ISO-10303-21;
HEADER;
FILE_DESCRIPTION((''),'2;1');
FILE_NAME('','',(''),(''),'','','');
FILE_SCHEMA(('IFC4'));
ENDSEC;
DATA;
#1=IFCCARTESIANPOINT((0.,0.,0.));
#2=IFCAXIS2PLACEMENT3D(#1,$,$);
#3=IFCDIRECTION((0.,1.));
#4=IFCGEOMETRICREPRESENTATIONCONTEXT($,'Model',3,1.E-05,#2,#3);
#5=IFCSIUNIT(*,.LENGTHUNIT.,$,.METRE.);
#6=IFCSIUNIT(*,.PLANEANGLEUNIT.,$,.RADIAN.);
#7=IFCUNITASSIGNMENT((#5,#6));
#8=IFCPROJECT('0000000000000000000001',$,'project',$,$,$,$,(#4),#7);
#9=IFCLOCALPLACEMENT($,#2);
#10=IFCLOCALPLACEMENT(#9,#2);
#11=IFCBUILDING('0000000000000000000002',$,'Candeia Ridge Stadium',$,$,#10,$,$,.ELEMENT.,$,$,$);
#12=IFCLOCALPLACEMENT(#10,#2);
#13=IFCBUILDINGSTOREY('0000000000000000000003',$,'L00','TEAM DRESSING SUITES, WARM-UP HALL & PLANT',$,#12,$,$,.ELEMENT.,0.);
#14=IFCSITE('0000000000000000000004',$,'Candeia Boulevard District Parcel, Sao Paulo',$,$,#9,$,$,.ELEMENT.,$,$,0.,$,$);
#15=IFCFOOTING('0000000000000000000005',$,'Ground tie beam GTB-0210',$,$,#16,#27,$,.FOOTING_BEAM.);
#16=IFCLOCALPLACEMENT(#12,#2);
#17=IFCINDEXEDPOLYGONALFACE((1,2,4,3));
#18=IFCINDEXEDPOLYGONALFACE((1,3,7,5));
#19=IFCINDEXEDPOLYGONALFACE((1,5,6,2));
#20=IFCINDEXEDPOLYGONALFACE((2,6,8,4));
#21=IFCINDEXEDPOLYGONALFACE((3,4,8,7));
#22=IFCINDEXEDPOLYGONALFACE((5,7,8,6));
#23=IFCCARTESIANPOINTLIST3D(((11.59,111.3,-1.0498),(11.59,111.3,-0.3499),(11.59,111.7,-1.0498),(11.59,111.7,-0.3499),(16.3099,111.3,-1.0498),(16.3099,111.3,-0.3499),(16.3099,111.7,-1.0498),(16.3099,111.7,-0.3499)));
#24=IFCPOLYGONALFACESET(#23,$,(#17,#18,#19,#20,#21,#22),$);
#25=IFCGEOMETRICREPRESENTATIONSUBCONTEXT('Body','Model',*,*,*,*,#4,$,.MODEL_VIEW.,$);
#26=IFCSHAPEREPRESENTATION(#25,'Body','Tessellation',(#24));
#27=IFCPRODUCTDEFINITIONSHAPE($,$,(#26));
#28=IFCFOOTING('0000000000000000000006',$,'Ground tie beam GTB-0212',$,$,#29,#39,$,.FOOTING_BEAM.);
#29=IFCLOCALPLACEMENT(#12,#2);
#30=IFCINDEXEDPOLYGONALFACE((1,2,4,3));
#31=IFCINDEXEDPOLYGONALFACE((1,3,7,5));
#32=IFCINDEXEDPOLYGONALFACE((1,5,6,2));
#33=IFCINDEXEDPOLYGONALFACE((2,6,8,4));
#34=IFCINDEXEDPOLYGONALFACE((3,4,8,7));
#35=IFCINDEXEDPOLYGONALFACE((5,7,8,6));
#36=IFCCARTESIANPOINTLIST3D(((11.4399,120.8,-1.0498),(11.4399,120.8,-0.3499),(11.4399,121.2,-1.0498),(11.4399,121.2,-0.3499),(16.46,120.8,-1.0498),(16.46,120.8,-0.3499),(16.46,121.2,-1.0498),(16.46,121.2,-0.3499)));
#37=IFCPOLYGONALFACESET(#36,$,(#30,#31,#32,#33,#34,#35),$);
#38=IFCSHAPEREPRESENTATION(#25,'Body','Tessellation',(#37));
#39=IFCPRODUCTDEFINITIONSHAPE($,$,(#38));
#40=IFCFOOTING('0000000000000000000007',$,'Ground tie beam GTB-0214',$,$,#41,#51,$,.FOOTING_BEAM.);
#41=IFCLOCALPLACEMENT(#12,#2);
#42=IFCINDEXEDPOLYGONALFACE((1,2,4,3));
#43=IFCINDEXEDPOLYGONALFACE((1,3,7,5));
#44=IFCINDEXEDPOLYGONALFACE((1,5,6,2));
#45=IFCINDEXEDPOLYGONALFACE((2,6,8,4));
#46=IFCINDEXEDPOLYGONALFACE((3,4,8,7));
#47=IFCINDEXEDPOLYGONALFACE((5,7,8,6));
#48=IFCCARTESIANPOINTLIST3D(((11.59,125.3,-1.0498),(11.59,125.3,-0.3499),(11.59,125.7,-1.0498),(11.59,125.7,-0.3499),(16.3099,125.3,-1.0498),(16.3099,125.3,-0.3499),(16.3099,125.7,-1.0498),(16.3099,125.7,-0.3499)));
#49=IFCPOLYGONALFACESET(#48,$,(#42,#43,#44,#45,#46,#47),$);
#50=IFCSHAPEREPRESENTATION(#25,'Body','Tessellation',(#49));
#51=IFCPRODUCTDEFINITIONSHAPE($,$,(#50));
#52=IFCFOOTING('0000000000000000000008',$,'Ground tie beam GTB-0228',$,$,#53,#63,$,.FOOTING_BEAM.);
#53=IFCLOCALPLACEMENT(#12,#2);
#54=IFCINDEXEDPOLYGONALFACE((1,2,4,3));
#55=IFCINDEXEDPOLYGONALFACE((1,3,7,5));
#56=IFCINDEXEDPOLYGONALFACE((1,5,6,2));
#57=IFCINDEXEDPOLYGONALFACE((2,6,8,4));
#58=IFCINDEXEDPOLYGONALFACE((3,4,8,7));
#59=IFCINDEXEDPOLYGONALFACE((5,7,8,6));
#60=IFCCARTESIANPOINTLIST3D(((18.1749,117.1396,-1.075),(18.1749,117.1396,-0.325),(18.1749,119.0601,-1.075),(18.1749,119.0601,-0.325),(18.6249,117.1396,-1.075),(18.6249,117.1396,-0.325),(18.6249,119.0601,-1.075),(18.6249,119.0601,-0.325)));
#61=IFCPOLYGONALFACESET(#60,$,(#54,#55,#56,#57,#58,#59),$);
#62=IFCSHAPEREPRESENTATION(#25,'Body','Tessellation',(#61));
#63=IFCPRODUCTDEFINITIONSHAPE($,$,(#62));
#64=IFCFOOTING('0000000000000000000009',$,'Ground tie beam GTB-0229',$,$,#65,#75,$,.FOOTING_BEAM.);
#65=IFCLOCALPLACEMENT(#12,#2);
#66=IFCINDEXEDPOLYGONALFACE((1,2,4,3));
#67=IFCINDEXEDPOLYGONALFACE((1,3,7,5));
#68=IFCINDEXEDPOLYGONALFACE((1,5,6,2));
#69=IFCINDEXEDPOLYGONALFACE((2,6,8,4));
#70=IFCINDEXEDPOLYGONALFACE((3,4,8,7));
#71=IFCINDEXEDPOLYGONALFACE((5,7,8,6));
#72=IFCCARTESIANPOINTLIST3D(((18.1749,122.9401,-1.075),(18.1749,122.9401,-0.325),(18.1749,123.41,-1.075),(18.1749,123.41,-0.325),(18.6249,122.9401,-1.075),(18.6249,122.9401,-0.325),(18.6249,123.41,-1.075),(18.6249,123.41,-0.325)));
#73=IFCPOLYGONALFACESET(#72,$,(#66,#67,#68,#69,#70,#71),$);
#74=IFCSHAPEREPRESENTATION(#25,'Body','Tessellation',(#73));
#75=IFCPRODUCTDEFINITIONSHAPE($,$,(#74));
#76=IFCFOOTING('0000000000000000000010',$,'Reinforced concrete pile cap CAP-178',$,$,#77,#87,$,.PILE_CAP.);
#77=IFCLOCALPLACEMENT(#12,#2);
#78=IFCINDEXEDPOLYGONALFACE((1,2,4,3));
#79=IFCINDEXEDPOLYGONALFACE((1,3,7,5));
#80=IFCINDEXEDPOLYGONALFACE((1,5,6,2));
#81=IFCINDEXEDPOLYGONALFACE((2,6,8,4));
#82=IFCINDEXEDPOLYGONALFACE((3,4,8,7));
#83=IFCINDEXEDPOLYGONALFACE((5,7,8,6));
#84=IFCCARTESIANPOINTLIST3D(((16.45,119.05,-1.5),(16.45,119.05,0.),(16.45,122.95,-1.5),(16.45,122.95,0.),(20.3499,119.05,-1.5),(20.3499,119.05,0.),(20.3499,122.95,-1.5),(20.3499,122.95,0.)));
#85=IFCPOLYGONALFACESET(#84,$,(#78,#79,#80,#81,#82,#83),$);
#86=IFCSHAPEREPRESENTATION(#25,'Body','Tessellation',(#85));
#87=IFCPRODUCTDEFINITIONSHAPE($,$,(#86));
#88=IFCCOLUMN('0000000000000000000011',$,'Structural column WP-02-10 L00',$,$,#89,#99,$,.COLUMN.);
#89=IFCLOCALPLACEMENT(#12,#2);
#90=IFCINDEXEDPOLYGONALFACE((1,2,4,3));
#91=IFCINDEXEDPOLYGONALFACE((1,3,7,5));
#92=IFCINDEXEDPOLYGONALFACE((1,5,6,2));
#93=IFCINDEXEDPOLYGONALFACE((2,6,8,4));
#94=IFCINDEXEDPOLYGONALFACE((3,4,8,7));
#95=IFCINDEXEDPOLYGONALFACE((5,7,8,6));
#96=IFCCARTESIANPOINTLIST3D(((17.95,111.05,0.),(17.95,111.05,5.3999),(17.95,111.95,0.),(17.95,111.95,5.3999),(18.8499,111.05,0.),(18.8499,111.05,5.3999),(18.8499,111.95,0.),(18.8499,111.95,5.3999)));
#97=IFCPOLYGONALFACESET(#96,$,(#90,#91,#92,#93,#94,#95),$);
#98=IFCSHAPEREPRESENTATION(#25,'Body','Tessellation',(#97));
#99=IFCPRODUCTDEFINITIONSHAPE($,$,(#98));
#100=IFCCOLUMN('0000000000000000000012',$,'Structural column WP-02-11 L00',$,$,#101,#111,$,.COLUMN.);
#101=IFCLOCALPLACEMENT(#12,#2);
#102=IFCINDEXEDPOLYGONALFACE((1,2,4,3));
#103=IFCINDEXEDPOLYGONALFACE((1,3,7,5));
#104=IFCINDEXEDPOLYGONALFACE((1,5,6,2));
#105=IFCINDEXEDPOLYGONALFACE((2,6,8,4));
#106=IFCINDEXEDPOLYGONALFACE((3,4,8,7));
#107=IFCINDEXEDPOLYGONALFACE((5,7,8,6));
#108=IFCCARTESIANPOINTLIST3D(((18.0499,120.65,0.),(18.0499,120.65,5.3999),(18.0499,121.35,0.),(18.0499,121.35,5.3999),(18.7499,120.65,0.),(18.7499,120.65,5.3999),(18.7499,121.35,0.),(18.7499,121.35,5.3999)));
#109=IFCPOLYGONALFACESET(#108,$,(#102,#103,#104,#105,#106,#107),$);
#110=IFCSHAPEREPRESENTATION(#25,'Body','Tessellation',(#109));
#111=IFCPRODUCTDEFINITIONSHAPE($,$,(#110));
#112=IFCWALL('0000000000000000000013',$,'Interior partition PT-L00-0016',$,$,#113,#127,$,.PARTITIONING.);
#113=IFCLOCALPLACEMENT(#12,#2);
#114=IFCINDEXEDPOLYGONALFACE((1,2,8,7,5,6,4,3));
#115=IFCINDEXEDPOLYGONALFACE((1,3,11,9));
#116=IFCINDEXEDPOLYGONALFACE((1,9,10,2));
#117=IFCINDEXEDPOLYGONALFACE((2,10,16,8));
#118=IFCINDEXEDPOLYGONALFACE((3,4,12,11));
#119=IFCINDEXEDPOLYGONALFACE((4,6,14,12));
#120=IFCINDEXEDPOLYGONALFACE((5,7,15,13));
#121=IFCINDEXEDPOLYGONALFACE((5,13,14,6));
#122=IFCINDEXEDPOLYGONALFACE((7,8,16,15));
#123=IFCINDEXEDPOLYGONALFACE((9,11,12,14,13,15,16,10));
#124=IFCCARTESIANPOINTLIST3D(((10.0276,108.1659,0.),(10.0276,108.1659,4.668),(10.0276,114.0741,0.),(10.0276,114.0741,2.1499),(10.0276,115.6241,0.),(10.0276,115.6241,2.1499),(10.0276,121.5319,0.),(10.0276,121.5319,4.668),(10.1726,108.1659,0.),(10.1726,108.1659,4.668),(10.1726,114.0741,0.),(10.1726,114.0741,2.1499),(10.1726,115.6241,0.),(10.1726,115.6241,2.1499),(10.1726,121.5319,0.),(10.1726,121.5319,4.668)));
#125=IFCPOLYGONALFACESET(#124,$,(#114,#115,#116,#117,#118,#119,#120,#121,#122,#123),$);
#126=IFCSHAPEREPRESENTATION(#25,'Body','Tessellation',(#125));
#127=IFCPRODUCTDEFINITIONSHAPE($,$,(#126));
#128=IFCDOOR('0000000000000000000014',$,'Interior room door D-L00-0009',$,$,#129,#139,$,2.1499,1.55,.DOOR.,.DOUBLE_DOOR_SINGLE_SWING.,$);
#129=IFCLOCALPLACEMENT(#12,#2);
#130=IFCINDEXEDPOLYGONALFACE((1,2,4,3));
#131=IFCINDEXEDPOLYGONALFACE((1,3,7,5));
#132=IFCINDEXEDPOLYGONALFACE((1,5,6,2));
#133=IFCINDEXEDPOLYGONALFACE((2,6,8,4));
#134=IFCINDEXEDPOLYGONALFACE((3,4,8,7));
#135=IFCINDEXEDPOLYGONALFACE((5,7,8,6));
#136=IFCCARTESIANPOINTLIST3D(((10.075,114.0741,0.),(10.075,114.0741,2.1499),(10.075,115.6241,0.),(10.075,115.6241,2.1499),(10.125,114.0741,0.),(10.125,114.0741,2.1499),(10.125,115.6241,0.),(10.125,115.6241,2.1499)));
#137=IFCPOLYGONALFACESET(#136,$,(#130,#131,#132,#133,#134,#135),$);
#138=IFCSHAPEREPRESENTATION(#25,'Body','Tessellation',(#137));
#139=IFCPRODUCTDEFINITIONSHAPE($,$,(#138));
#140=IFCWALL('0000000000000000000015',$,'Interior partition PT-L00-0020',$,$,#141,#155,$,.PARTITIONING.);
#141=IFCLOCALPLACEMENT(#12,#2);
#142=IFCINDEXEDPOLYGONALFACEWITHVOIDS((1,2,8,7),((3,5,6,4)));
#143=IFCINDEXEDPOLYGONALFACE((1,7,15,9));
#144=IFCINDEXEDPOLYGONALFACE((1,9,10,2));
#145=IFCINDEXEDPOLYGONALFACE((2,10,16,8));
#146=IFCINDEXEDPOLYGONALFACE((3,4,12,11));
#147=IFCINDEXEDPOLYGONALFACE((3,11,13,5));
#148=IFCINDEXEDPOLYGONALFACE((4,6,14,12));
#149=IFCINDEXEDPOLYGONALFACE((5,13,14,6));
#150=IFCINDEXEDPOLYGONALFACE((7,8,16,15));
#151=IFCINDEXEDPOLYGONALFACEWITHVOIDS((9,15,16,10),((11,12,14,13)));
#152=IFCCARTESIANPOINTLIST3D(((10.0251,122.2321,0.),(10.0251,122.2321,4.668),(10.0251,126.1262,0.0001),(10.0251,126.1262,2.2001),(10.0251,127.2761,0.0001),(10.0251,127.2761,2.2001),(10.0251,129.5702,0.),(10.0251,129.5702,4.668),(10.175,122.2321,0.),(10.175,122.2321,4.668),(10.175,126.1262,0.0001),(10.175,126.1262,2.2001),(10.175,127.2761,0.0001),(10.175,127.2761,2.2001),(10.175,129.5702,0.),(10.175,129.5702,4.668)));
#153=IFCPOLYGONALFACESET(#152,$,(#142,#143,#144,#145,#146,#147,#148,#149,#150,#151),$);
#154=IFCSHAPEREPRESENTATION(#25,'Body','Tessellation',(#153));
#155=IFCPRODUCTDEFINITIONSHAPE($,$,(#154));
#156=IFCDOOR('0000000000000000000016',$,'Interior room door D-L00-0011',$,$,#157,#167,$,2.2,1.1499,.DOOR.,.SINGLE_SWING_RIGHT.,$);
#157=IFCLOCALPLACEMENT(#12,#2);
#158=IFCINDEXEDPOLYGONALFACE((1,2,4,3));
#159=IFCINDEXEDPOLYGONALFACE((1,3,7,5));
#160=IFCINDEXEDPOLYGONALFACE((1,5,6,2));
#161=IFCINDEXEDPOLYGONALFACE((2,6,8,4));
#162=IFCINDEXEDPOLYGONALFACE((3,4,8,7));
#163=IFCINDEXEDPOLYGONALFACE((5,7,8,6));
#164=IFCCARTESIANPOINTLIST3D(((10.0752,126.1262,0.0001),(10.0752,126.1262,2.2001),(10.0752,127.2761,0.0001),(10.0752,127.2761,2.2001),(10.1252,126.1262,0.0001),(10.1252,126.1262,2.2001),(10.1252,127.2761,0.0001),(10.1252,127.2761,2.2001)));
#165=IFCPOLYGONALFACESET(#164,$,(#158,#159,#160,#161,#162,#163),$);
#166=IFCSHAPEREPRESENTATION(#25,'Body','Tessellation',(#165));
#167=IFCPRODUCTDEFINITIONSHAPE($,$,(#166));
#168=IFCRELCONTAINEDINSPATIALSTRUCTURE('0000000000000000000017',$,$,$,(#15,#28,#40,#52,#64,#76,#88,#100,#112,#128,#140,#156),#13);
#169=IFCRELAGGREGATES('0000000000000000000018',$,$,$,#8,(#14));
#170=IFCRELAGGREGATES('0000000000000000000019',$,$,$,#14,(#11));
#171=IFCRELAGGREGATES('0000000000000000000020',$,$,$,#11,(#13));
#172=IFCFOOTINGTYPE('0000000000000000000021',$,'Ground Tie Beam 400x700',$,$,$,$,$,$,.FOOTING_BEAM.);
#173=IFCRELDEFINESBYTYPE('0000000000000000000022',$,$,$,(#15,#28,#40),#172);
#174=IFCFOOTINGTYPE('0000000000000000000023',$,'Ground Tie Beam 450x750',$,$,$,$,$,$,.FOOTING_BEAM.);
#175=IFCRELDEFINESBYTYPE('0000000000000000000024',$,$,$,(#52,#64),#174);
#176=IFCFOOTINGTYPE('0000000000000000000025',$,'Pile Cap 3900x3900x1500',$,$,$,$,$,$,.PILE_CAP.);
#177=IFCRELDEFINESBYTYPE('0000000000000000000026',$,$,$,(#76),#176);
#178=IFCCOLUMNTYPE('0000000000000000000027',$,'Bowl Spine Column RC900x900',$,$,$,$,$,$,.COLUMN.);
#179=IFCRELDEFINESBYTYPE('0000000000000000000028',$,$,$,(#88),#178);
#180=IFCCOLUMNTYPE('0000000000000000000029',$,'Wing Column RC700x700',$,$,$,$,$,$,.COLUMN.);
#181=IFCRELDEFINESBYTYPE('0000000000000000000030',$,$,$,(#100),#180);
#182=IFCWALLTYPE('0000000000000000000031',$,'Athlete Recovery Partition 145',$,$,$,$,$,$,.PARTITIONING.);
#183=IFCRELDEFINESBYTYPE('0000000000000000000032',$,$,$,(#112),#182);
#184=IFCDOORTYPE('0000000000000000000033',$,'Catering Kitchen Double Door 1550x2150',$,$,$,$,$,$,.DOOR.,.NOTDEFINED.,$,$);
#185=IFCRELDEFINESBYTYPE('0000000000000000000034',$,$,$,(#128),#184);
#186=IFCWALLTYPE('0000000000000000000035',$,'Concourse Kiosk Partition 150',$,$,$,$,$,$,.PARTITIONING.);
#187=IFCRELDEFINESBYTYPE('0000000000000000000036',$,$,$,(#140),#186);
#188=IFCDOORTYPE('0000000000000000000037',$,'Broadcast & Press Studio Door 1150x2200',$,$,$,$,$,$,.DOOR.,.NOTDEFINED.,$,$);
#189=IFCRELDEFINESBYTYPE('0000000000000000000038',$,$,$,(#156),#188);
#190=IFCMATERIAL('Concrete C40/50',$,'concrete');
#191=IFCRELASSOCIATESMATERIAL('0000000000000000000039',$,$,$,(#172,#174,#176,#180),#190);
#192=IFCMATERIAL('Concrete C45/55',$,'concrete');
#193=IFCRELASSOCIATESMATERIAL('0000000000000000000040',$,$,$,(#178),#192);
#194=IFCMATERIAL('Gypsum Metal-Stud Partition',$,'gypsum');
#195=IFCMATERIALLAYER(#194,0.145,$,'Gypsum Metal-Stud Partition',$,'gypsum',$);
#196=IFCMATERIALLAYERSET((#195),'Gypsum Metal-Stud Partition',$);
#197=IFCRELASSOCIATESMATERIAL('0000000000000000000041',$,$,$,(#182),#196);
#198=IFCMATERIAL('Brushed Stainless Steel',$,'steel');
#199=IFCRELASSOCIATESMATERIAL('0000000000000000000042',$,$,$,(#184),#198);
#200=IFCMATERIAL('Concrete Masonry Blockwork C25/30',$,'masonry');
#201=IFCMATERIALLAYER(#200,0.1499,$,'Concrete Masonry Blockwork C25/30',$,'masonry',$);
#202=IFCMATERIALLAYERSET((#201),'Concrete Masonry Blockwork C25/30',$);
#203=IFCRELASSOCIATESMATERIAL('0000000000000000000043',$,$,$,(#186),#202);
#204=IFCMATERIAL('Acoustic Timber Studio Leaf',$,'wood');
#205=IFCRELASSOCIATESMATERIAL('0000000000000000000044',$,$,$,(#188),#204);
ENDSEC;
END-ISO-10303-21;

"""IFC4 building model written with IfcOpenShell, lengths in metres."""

from ifc_helpers import new_model, si_unit, direction, frame, frame_2d, origin, origin_2d, place, context, subcontext, project, spatial, rectangle, extrude, material, layer, layer_set, material_profile, profile_set, type_object, element, fill, save


model = new_model("IFC4")

# Units and contexts
model_context = context("Model", 3, precision=1e-05, world=origin(), true_north=direction((0.0, 1.0)))
body_context = subcontext(model_context, "Body", "Model", "MODEL_VIEW")
ifc_project = project(units=[si_unit("LENGTHUNIT", "METRE"), si_unit("PLANEANGLEUNIT", "RADIAN")], contexts=[model_context])

# Site, building, storey
site_placement = place(None, origin())
site = spatial("IfcSite", under=ifc_project, at=site_placement, Name="Candeia Boulevard District Parcel, Sao Paulo", CompositionType="ELEMENT", RefElevation=0.0)
building_placement = place(site_placement, origin())
building = spatial("IfcBuilding", under=site, at=building_placement, Name="Candeia Ridge Stadium", CompositionType="ELEMENT")
storey_placement = place(building_placement, origin())
storey = spatial("IfcBuildingStorey", under=building, at=storey_placement, Name="L00", Description="TEAM DRESSING SUITES, WARM-UP HALL & PLANT", CompositionType="ELEMENT", Elevation=0.0)

# Shared definitions
ifc_material_1 = material(Name="Concrete C40/50", Category="concrete")

# Footings
footing_type_1 = type_object("IfcFootingType", Name="Ground Tie Beam 400x700", PredefinedType="FOOTING_BEAM", material=ifc_material_1)
footing_1_placement = place(storey_placement, frame((13.95, 111.5, -1.0498), z_axis=(0.0, 0.0, 1.0), x_axis=(1.0, 0.0, 0.0)))
element("IfcFooting", 1, at=footing_1_placement, inside=storey, type_object=footing_type_1, Name="Ground tie beam GTB-0210", PredefinedType="FOOTING_BEAM", context=body_context, shape_type="SweptSolid", body=[
    extrude(rectangle(XDim=4.72, YDim=0.3999, at=origin_2d()), origin(), (0.0, 0.0, 1.0), 0.7),
])
footing_2_placement = place(storey_placement, frame((13.95, 121.0, -1.0498), z_axis=(0.0, 0.0, 1.0), x_axis=(1.0, 0.0, 0.0)))
element("IfcFooting", 2, at=footing_2_placement, inside=storey, type_object=footing_type_1, Name="Ground tie beam GTB-0212", PredefinedType="FOOTING_BEAM", context=body_context, shape_type="SweptSolid", body=[
    extrude(rectangle(XDim=5.02, YDim=0.3999, at=origin_2d()), origin(), (0.0, 0.0, 1.0), 0.7),
])
footing_3_placement = place(storey_placement, frame((13.95, 125.5, -1.0498), z_axis=(0.0, 0.0, 1.0), x_axis=(1.0, 0.0, 0.0)))
element("IfcFooting", 3, at=footing_3_placement, inside=storey, type_object=footing_type_1, Name="Ground tie beam GTB-0214", PredefinedType="FOOTING_BEAM", context=body_context, shape_type="SweptSolid", body=[
    extrude(rectangle(XDim=4.72, YDim=0.3999, at=origin_2d()), origin(), (0.0, 0.0, 1.0), 0.7),
])
footing_type_2 = type_object("IfcFootingType", Name="Ground Tie Beam 450x750", PredefinedType="FOOTING_BEAM", material=ifc_material_1)
footing_4_placement = place(storey_placement, frame((18.3999, 118.0999, -1.075), z_axis=(0.0, 0.0, 1.0), x_axis=(0.0, 1.0, 0.0)))
element("IfcFooting", 4, at=footing_4_placement, inside=storey, type_object=footing_type_2, Name="Ground tie beam GTB-0228", PredefinedType="FOOTING_BEAM", context=body_context, shape_type="SweptSolid", body=[
    extrude(rectangle(XDim=1.9204, YDim=0.45, at=origin_2d()), origin(), (0.0, 0.0, 1.0), 0.75),
])
footing_5_placement = place(storey_placement, frame((18.3999, 123.175, -1.075), z_axis=(0.0, 0.0, 1.0), x_axis=(0.0, 1.0, 0.0)))
element("IfcFooting", 5, at=footing_5_placement, inside=storey, type_object=footing_type_2, Name="Ground tie beam GTB-0229", PredefinedType="FOOTING_BEAM", context=body_context, shape_type="SweptSolid", body=[
    extrude(rectangle(XDim=0.47, YDim=0.45, at=origin_2d()), origin(), (0.0, 0.0, 1.0), 0.75),
])
footing_type_3 = type_object("IfcFootingType", Name="Pile Cap 3900x3900x1500", PredefinedType="PILE_CAP", material=ifc_material_1)
footing_6_placement = place(storey_placement, frame((18.3999, 121.0, -1.5), z_axis=(0.0, 0.0, 1.0), x_axis=(1.0, 0.0, 0.0)))
element("IfcFooting", 6, at=footing_6_placement, inside=storey, type_object=footing_type_3, Name="Reinforced concrete pile cap CAP-178", PredefinedType="PILE_CAP", context=body_context, shape_type="SweptSolid", body=[
    extrude(rectangle(XDim=3.8999, YDim=3.8999, at=origin_2d()), origin(), (0.0, 0.0, 1.0), 1.5),
])

# Columns
ifc_material_2 = material(Name="Concrete C45/55", Category="concrete")
ifc_material_profile_1 = material_profile(ifc_material_2, rectangle(XDim=0.8999, YDim=0.8999, at=origin_2d()), Name="RC900x900", Category="concrete")
ifc_profile_set_1 = profile_set([ifc_material_profile_1], Name="Concrete C45/55")
column_type_1 = type_object("IfcColumnType", Name="Bowl Spine Column RC900x900", PredefinedType="COLUMN", material=ifc_profile_set_1)
column_1_placement = place(storey_placement, frame((18.3999, 111.5, 0.0), z_axis=(0.0, 0.0, 1.0), x_axis=(1.0, 0.0, 0.0)))
element("IfcColumn", 7, at=column_1_placement, inside=storey, type_object=column_type_1, Name="Structural column WP-02-10 L00", PredefinedType="COLUMN", context=body_context, shape_type="SweptSolid", body=[
    extrude(rectangle(XDim=0.8999, YDim=0.8999, at=origin_2d()), origin(), (0.0, 0.0, 1.0), 5.3999),
])
ifc_material_profile_2 = material_profile(ifc_material_1, rectangle(XDim=0.7, YDim=0.7, at=origin_2d()), Name="RC700x700", Category="concrete")
ifc_profile_set_2 = profile_set([ifc_material_profile_2], Name="Concrete C40/50")
column_type_2 = type_object("IfcColumnType", Name="Wing Column RC700x700", PredefinedType="COLUMN", material=ifc_profile_set_2)
column_2_placement = place(storey_placement, frame((18.3999, 121.0, 0.0), z_axis=(0.0, 0.0, 1.0), x_axis=(1.0, 0.0, 0.0)))
element("IfcColumn", 8, at=column_2_placement, inside=storey, type_object=column_type_2, Name="Structural column WP-02-11 L00", PredefinedType="COLUMN", context=body_context, shape_type="SweptSolid", body=[
    extrude(rectangle(XDim=0.7, YDim=0.7, at=origin_2d()), origin(), (0.0, 0.0, 1.0), 5.3999),
])

# Walls, openings, doors
ifc_material_3 = material(Name="Gypsum Metal-Stud Partition", Category="gypsum")
ifc_layer_1 = layer(ifc_material_3, 0.145, Name="Gypsum Metal-Stud Partition", Category="gypsum")
ifc_layer_set_1 = layer_set([ifc_layer_1], Name="Gypsum Metal-Stud Partition")
wall_type_1 = type_object("IfcWallType", Name="Athlete Recovery Partition 145", PredefinedType="PARTITIONING", material=ifc_layer_set_1)
wall_1_placement = place(storey_placement, frame((10.1001, 121.532, 0.0), z_axis=(0.0, 0.0, 1.0), x_axis=(0.0, -1.0, 0.0)))
wall_1 = element("IfcWall", 9, at=wall_1_placement, inside=storey, type_object=wall_type_1, Name="Interior partition PT-L00-0016", PredefinedType="PARTITIONING", context=body_context, shape_type="SweptSolid", body=[
    extrude(rectangle(XDim=13.366, YDim=0.145, at=frame_2d((6.6831, 0.0))), origin(), (0.0, 0.0, 1.0), 4.668),
])
opening_1_placement = place(wall_1_placement, frame((5.908, 0.0, 0.0)))
opening_1 = element("IfcOpeningElement", 10, at=opening_1_placement, cuts=wall_1, PredefinedType="OPENING", context=body_context, shape_type="SweptSolid", body=[
    extrude(rectangle(XDim=1.55, YDim=2.1499, at=frame_2d((0.7749, 1.075))), frame((0.0, 0.0825, 0.0), z_axis=(0.0, -1.0, 0.0), x_axis=(1.0, 0.0, 0.0)), (0.0, 0.0, 1.0), 0.165),
])
ifc_material_4 = material(Name="Brushed Stainless Steel", Category="steel")
door_type_1 = type_object("IfcDoorType", Name="Catering Kitchen Double Door 1550x2150", OperationType="NOTDEFINED", PredefinedType="DOOR", material=ifc_material_4)
door_1_placement = place(opening_1_placement, origin())
door_1 = element("IfcDoor", 11, at=door_1_placement, inside=storey, type_object=door_type_1, Name="Interior room door D-L00-0009", OperationType="DOUBLE_DOOR_SINGLE_SWING", OverallHeight=2.1499, OverallWidth=1.55, PredefinedType="DOOR", context=body_context, shape_type="SweptSolid", body=[
    extrude(rectangle(XDim=1.55, YDim=2.1499, at=frame_2d((0.7749, 1.075))), frame((0.0, 0.0249, 0.0), z_axis=(0.0, -1.0, 0.0), x_axis=(1.0, 0.0, 0.0)), (0.0, 0.0, 1.0), 0.05),
])
fill(opening_1, door_1)
ifc_material_5 = material(Name="Concrete Masonry Blockwork C25/30", Category="masonry")
ifc_layer_2 = layer(ifc_material_5, 0.1499, Name="Concrete Masonry Blockwork C25/30", Category="masonry")
ifc_layer_set_2 = layer_set([ifc_layer_2], Name="Concrete Masonry Blockwork C25/30")
wall_type_2 = type_object("IfcWallType", Name="Concourse Kiosk Partition 150", PredefinedType="PARTITIONING", material=ifc_layer_set_2)
wall_2_placement = place(storey_placement, frame((10.1001, 129.5701, 0.0), z_axis=(0.0, 0.0, 1.0), x_axis=(0.0, -1.0, 0.0)))
wall_2 = element("IfcWall", 12, at=wall_2_placement, inside=storey, type_object=wall_type_2, Name="Interior partition PT-L00-0020", PredefinedType="PARTITIONING", context=body_context, shape_type="SweptSolid", body=[
    extrude(rectangle(XDim=7.3381, YDim=0.1499, at=frame_2d((3.6689, 0.0))), origin(), (0.0, 0.0, 1.0), 4.668),
])
opening_2_placement = place(wall_2_placement, frame((2.2939, 0.0, 0.0)))
opening_2 = element("IfcOpeningElement", 13, at=opening_2_placement, cuts=wall_2, PredefinedType="OPENING", context=body_context, shape_type="SweptSolid", body=[
    extrude(rectangle(XDim=1.1499, YDim=2.2, at=frame_2d((0.575, 1.1001))), frame((0.0, 0.085, 0.0), z_axis=(0.0, -1.0, 0.0), x_axis=(1.0, 0.0, 0.0)), (0.0, 0.0, 1.0), 0.1699),
])
ifc_material_6 = material(Name="Acoustic Timber Studio Leaf", Category="wood")
door_type_2 = type_object("IfcDoorType", Name="Broadcast & Press Studio Door 1150x2200", OperationType="NOTDEFINED", PredefinedType="DOOR", material=ifc_material_6)
door_2_placement = place(opening_2_placement, frame((1.1499, 0.0, 0.0), z_axis=(0.0, 0.0, 1.0), x_axis=(-1.0, 0.0, 0.0)))
door_2 = element("IfcDoor", 14, at=door_2_placement, inside=storey, type_object=door_type_2, Name="Interior room door D-L00-0011", OperationType="SINGLE_SWING_RIGHT", OverallHeight=2.2, OverallWidth=1.1499, PredefinedType="DOOR", context=body_context, shape_type="SweptSolid", body=[
    extrude(rectangle(XDim=1.1499, YDim=2.2, at=frame_2d((0.575, 1.1001))), frame((0.0, 0.0249, 0.0), z_axis=(0.0, -1.0, 0.0), x_axis=(1.0, 0.0, 0.0)), (0.0, 0.0, 1.0), 0.05),
])
fill(opening_2, door_2)

save(model, "model.ifc")
